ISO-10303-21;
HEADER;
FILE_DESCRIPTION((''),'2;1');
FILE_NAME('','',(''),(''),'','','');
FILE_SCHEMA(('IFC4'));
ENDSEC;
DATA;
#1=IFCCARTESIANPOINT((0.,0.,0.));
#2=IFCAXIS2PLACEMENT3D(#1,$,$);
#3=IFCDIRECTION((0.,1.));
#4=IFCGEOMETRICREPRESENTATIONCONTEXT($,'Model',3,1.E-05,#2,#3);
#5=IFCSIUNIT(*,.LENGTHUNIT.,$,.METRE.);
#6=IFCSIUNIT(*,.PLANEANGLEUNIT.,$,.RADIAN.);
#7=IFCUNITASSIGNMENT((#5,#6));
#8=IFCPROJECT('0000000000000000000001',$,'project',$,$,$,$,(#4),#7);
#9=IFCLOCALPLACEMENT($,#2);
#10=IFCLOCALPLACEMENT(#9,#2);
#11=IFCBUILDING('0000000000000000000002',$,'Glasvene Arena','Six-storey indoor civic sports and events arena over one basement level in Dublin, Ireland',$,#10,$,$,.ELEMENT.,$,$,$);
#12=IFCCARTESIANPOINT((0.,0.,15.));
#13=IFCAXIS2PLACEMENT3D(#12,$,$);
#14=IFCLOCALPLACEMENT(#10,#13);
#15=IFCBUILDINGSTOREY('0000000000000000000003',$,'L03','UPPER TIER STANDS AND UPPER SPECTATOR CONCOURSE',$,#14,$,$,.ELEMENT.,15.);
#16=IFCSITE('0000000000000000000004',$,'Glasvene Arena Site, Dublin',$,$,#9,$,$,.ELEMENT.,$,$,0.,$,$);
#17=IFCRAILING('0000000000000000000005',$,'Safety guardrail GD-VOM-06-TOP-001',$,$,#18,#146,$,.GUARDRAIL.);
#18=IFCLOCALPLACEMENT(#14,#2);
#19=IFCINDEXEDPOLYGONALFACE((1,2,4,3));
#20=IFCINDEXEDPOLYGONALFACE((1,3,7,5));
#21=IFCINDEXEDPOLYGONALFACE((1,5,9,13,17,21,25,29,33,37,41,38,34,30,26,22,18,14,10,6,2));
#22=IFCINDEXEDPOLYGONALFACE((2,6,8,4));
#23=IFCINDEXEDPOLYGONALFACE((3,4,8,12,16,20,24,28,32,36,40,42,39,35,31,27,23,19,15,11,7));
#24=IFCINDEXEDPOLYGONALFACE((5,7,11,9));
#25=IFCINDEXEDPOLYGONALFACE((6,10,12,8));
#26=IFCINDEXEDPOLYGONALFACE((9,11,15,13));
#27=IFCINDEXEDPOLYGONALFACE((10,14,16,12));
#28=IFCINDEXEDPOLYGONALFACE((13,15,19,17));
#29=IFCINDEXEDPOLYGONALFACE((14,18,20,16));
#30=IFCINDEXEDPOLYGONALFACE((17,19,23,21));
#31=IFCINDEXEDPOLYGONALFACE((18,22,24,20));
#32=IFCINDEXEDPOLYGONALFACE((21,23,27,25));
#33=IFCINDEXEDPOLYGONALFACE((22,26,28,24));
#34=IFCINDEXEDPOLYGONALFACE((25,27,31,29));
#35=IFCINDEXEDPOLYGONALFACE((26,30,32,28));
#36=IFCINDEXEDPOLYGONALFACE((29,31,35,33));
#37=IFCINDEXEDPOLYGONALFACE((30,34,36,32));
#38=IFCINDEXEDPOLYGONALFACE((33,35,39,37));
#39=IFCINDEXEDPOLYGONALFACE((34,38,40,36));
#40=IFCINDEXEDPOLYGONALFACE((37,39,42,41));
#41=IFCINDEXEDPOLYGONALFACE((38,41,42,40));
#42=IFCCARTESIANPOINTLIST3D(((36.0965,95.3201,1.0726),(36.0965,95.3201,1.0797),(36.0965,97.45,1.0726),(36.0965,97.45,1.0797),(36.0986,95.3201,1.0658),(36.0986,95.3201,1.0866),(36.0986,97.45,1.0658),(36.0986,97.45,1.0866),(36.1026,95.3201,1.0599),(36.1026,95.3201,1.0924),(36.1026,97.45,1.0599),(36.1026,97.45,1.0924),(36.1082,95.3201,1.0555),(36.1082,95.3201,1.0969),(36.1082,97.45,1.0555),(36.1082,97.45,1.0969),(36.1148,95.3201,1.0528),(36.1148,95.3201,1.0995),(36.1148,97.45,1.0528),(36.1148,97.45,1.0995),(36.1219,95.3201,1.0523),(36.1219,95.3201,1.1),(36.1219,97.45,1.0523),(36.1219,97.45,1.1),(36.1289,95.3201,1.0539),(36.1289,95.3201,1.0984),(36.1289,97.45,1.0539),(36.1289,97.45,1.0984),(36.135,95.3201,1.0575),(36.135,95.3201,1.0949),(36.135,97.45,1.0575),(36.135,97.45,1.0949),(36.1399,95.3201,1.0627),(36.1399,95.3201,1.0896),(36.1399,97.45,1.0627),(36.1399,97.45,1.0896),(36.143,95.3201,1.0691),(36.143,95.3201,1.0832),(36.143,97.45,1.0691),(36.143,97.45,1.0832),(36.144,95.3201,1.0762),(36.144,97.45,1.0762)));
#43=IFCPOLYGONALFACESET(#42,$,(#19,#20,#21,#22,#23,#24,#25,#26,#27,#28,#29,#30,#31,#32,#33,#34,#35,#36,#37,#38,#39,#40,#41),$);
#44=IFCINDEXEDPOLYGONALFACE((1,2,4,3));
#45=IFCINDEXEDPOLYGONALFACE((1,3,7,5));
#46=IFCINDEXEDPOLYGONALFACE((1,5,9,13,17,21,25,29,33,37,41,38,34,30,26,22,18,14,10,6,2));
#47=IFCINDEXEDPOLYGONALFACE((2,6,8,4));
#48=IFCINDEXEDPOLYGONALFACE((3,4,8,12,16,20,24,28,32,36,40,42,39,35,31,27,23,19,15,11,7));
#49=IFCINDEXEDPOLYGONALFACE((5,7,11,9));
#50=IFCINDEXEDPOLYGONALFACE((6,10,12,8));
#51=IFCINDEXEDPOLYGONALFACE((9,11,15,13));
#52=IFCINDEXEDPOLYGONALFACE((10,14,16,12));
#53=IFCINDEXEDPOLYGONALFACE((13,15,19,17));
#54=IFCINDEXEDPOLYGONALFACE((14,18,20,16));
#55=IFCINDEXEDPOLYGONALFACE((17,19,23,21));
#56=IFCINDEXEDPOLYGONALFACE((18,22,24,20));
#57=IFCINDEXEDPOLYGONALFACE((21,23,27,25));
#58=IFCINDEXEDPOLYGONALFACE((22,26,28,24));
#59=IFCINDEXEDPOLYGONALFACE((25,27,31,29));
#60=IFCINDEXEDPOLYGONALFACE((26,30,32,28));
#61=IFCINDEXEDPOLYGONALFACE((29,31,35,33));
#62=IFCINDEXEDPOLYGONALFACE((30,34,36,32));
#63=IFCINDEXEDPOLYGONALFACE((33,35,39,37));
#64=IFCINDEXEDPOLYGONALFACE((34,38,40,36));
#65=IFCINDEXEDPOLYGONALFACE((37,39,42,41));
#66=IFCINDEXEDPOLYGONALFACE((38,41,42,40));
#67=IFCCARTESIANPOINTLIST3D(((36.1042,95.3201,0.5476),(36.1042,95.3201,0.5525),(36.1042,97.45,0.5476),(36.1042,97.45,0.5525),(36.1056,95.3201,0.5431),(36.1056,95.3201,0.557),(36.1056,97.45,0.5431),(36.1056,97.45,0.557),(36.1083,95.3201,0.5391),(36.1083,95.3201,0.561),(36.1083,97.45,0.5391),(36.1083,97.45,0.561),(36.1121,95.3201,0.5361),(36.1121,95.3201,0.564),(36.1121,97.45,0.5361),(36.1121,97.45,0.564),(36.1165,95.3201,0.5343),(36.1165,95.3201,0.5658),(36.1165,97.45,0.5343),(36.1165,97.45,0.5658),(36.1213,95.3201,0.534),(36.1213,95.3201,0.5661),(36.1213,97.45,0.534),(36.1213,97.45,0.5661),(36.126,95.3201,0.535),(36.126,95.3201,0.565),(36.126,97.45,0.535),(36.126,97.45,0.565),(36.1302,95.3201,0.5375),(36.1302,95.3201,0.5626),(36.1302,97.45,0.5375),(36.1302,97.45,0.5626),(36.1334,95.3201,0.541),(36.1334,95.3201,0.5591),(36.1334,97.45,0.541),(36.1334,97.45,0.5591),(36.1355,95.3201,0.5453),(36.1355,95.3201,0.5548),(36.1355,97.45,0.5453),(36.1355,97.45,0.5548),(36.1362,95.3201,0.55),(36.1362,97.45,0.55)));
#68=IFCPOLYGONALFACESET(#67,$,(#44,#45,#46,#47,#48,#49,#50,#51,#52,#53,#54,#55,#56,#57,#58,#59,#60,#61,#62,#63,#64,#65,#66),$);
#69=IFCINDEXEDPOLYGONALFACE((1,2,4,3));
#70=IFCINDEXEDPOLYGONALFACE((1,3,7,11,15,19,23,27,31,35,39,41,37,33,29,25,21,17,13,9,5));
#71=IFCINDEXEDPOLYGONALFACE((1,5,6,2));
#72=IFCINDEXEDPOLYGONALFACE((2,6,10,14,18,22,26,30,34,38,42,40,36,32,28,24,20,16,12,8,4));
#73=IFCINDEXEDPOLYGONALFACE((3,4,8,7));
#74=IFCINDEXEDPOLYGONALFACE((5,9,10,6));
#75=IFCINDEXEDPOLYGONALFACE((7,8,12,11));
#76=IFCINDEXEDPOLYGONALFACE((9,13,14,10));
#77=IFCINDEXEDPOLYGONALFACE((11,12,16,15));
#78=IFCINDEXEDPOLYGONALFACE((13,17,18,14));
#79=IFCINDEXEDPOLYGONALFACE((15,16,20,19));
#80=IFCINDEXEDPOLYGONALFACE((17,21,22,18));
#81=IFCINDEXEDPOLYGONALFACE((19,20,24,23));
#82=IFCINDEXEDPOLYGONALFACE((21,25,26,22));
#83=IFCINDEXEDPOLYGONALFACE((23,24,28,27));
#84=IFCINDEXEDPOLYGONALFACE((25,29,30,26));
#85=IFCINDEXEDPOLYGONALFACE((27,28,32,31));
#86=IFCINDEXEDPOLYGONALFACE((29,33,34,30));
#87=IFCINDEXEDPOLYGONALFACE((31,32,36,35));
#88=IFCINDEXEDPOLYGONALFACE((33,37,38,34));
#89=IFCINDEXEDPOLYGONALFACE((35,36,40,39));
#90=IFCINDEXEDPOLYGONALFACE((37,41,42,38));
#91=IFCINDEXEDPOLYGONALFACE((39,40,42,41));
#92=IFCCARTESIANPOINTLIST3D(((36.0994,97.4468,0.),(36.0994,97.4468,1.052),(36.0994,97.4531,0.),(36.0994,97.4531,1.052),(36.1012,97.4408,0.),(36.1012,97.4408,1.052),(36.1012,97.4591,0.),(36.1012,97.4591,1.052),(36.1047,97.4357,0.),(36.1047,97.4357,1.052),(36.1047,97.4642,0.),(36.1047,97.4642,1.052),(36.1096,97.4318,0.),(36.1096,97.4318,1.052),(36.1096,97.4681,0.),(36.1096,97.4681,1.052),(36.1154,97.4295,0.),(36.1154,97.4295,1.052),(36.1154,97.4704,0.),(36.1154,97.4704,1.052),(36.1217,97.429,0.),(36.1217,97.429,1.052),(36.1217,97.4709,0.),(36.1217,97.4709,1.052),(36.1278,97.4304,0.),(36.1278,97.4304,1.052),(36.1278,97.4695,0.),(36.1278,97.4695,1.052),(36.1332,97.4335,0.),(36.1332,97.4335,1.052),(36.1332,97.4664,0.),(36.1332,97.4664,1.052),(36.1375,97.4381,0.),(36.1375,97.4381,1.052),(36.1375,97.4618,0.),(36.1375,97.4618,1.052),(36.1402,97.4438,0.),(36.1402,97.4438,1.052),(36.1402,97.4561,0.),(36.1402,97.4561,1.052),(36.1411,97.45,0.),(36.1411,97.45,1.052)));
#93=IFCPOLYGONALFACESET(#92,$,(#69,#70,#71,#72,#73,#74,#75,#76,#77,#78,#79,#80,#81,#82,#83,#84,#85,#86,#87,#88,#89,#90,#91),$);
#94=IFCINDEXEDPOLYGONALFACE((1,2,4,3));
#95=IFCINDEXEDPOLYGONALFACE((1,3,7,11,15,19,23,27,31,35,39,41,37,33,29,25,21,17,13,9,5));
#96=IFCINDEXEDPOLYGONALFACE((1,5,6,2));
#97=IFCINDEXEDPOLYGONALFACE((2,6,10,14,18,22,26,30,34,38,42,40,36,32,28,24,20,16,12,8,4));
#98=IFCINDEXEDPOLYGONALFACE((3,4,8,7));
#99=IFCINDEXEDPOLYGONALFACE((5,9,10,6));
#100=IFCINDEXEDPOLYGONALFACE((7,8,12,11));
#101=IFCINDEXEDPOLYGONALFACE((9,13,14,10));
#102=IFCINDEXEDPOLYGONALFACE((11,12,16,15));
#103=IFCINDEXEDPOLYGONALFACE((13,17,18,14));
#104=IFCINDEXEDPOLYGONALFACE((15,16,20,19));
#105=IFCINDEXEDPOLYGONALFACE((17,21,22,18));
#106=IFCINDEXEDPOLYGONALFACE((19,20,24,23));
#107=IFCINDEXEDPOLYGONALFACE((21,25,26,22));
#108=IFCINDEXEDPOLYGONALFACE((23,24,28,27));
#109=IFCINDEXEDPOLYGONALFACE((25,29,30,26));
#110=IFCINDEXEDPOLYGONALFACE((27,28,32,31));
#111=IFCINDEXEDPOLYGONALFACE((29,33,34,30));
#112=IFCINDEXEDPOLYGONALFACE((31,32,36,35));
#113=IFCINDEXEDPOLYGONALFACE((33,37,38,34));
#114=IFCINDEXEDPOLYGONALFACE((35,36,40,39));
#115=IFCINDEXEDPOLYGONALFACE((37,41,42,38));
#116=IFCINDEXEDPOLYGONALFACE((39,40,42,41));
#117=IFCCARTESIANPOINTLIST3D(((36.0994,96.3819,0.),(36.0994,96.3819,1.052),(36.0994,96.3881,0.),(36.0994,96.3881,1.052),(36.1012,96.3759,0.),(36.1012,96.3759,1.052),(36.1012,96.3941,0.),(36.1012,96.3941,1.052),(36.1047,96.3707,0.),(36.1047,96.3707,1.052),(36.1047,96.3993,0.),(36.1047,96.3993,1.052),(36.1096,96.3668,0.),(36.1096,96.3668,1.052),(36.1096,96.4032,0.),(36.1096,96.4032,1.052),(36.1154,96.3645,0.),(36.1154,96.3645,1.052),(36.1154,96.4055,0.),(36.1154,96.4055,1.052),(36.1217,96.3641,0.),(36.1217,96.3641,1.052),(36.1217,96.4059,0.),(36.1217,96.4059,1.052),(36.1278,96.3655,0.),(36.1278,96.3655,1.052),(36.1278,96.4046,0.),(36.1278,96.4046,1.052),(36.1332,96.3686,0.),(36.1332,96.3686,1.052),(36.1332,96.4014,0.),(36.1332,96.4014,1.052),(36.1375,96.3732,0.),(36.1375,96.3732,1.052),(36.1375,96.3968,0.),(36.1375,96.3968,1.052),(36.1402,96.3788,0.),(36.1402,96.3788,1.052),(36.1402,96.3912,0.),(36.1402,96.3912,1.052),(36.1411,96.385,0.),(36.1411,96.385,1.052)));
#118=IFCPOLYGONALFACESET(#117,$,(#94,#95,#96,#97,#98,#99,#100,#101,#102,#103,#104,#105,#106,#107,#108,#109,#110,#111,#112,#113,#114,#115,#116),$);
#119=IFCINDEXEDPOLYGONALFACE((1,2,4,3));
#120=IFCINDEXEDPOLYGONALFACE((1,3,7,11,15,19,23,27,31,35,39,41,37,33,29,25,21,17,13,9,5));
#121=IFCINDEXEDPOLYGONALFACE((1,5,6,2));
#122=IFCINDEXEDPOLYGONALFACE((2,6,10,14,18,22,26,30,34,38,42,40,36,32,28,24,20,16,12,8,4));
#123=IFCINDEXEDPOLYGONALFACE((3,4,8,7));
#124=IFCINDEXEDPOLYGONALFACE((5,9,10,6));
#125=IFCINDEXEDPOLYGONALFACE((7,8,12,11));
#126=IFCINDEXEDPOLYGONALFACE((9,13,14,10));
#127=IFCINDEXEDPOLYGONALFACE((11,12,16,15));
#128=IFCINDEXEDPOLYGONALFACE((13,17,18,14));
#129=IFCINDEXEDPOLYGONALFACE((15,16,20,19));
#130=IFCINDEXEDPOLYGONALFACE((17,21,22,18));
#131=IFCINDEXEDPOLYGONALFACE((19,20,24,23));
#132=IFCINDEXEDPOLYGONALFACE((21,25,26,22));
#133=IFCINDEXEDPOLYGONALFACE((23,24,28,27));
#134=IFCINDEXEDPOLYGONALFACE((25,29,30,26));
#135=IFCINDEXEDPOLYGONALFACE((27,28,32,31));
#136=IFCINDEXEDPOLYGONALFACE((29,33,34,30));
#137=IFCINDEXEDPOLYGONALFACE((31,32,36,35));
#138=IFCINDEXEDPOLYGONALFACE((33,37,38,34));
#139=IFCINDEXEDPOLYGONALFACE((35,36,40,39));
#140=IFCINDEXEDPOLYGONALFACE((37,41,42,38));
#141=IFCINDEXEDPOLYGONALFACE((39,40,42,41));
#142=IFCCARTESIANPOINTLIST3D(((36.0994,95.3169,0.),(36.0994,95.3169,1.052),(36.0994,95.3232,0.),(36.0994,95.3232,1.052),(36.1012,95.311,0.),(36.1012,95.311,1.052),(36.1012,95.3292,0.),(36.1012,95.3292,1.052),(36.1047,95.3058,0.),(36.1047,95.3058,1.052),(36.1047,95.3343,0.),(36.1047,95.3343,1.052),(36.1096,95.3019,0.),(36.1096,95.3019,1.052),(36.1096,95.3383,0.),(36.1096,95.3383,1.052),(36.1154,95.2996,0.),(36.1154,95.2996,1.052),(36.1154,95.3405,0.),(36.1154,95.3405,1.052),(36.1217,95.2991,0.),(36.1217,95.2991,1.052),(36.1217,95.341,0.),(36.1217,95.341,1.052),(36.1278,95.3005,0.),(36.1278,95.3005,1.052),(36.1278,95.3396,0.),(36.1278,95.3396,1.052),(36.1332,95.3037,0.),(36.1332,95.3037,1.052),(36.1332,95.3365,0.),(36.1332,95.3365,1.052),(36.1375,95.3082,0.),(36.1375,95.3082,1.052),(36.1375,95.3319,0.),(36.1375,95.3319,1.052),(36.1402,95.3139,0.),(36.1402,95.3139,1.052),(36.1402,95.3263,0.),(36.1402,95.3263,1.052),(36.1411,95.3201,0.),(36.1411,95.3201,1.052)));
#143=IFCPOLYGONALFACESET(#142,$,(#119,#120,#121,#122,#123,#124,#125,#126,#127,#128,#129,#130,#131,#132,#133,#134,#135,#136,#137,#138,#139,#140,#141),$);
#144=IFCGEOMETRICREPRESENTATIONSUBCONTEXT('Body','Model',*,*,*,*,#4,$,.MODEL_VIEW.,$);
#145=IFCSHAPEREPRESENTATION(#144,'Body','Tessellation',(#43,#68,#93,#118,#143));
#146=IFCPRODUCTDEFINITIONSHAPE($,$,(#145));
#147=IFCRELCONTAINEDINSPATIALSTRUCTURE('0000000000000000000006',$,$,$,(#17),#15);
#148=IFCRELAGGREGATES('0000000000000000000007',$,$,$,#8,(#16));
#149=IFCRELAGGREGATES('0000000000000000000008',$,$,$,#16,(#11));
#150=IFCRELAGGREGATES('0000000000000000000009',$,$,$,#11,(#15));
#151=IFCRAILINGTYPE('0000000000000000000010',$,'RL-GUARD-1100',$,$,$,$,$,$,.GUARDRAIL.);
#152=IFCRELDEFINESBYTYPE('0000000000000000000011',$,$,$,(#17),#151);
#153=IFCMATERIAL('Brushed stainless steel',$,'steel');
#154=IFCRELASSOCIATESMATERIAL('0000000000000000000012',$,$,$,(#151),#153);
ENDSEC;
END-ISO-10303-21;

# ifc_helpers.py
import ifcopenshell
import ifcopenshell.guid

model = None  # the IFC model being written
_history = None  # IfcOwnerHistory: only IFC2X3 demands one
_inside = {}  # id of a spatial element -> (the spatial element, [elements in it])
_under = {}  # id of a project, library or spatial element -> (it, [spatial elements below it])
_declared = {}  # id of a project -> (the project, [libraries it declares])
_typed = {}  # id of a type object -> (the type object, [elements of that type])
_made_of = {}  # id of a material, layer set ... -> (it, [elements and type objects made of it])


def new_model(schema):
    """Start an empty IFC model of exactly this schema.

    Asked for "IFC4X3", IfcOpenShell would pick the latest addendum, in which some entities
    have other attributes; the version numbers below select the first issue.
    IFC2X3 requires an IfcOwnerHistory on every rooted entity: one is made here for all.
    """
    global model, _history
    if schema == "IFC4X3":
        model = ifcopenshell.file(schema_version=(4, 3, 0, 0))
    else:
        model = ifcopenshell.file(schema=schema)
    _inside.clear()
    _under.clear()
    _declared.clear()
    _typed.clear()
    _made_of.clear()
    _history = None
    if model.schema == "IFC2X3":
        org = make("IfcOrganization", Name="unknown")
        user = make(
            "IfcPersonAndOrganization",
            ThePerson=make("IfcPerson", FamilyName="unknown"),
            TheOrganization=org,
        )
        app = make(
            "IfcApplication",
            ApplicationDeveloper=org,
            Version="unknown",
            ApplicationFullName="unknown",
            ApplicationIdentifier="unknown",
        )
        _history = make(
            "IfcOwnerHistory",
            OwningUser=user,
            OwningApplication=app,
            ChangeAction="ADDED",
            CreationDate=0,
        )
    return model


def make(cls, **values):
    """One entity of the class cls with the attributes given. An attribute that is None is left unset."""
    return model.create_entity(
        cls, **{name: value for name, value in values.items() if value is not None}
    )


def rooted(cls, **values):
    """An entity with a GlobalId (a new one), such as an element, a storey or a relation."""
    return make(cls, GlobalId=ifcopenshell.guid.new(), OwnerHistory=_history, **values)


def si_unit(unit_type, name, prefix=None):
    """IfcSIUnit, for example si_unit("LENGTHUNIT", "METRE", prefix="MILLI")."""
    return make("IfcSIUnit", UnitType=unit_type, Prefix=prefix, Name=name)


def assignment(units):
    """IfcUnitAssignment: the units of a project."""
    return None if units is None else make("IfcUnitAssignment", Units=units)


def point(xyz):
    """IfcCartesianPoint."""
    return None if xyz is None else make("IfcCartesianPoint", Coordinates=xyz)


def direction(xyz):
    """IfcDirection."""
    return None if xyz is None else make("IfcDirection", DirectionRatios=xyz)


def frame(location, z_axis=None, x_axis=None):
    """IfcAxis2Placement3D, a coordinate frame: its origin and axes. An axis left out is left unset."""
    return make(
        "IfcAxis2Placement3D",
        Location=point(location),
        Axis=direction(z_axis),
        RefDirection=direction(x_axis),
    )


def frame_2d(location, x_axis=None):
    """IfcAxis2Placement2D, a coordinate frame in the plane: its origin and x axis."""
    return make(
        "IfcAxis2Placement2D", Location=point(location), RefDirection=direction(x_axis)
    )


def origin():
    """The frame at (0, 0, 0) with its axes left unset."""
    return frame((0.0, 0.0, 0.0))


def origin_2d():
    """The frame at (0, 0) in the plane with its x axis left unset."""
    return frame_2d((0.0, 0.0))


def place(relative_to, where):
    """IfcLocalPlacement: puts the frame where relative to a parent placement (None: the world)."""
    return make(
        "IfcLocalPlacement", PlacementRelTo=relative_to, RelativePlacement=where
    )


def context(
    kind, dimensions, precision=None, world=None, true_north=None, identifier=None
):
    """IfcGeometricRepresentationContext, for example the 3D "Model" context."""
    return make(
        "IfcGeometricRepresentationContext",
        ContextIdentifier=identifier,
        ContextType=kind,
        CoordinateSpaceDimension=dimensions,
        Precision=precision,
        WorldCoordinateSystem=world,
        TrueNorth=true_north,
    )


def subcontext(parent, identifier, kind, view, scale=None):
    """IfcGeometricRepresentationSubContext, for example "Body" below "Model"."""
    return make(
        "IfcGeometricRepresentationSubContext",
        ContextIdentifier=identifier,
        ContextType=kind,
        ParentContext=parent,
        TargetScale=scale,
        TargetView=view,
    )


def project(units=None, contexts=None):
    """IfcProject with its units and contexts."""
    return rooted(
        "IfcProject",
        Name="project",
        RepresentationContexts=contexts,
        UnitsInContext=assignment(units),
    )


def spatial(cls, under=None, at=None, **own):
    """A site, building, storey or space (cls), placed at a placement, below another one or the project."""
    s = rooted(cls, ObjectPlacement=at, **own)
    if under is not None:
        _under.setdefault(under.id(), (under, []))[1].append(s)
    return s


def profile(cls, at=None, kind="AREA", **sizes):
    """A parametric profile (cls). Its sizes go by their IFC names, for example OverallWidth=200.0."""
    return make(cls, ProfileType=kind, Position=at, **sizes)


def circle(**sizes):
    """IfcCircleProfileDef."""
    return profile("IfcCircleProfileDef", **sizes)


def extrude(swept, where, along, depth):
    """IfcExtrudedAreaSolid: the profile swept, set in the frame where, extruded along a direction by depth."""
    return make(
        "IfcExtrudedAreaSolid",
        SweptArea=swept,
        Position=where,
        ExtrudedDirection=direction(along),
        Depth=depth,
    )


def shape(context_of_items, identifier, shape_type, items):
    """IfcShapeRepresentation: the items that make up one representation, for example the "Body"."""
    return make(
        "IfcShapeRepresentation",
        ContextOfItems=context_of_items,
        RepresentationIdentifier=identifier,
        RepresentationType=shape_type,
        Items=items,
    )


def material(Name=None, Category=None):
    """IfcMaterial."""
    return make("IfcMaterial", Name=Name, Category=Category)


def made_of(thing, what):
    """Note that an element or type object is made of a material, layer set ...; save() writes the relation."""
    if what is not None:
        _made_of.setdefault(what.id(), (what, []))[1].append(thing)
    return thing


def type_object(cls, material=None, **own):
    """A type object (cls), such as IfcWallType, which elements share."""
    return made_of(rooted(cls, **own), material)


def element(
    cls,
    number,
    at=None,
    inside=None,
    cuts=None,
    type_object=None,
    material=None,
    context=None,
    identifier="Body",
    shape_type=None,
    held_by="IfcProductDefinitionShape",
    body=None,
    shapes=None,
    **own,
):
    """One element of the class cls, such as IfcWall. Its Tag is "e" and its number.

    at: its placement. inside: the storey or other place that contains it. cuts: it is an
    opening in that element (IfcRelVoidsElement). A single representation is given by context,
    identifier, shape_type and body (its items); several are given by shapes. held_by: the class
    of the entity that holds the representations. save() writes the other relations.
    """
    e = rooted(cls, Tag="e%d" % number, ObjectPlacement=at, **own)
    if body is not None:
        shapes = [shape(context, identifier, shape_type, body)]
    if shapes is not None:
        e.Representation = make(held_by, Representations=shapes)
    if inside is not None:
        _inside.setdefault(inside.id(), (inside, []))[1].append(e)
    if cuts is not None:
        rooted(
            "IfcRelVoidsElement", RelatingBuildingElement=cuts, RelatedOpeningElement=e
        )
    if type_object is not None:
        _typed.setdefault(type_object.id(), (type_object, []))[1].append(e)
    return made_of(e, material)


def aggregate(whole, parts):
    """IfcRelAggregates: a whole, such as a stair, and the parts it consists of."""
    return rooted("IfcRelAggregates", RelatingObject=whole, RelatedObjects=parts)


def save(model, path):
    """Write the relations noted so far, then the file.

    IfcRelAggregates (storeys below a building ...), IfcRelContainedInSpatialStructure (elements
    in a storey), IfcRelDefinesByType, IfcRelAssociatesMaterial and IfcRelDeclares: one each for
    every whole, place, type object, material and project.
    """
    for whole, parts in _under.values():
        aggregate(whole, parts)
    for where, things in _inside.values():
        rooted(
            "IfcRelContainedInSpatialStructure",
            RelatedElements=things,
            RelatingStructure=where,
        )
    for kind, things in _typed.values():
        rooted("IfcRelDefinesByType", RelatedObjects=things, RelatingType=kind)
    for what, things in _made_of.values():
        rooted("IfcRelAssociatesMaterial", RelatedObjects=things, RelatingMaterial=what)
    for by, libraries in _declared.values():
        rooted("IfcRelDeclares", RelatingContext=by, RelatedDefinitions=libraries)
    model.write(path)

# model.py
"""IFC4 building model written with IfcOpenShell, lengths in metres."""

from ifc_helpers import new_model, si_unit, direction, frame, origin, origin_2d, place, context, subcontext, project, spatial, circle, extrude, material, type_object, element, save


model = new_model("IFC4")

# Units and contexts
model_context = context("Model", 3, precision=1e-05, world=origin(), true_north=direction((0.0, 1.0)))
body_context = subcontext(model_context, "Body", "Model", "MODEL_VIEW")
ifc_project = project(units=[si_unit("LENGTHUNIT", "METRE"), si_unit("PLANEANGLEUNIT", "RADIAN")], contexts=[model_context])

# Site, building, storey
site_placement = place(None, origin())
site = spatial("IfcSite", under=ifc_project, at=site_placement, Name="Glasvene Arena Site, Dublin", CompositionType="ELEMENT", RefElevation=0.0)
building_placement = place(site_placement, origin())
building = spatial("IfcBuilding", under=site, at=building_placement, Name="Glasvene Arena", Description="Six-storey indoor civic sports and events arena over one basement level in Dublin, Ireland", CompositionType="ELEMENT")
storey_placement = place(building_placement, frame((0.0, 0.0, 15.0)))
storey = spatial("IfcBuildingStorey", under=building, at=storey_placement, Name="L03", Description="UPPER TIER STANDS AND UPPER SPECTATOR CONCOURSE", CompositionType="ELEMENT", Elevation=15.0)

# Railing
ifc_material_1 = material(Name="Brushed stainless steel", Category="steel")
railing_type = type_object("IfcRailingType", Name="RL-GUARD-1100", PredefinedType="GUARDRAIL", material=ifc_material_1)
railing_1_placement = place(storey_placement, frame((36.1201, 97.45, 0.0)))
element("IfcRailing", 1, at=railing_1_placement, inside=storey, type_object=railing_type, Name="Safety guardrail GD-VOM-06-TOP-001", PredefinedType="GUARDRAIL", context=body_context, shape_type="SweptSolid", body=[
    extrude(circle(Radius=0.0239, at=origin_2d()), frame((0.0, 0.0, 1.0762), z_axis=(0.0, -1.0, 0.0), x_axis=(1.0, 0.0, 0.0)), (0.0, 0.0, 1.0), 2.1299),
    extrude(circle(Radius=0.0161, at=origin_2d()), frame((0.0, 0.0, 0.55), z_axis=(0.0, -1.0, 0.0), x_axis=(1.0, 0.0, 0.0)), (0.0, 0.0, 1.0), 2.1299),
    extrude(circle(Radius=0.021, at=origin_2d()), origin(), (0.0, 0.0, 1.0), 1.052),
    extrude(circle(Radius=0.021, at=origin_2d()), frame((0.0, -1.0649, 0.0)), (0.0, 0.0, 1.0), 1.052),
    extrude(circle(Radius=0.021, at=origin_2d()), frame((0.0, -2.1299, 0.0)), (0.0, 0.0, 1.0), 1.052),
])

save(model, "model.ifc")
